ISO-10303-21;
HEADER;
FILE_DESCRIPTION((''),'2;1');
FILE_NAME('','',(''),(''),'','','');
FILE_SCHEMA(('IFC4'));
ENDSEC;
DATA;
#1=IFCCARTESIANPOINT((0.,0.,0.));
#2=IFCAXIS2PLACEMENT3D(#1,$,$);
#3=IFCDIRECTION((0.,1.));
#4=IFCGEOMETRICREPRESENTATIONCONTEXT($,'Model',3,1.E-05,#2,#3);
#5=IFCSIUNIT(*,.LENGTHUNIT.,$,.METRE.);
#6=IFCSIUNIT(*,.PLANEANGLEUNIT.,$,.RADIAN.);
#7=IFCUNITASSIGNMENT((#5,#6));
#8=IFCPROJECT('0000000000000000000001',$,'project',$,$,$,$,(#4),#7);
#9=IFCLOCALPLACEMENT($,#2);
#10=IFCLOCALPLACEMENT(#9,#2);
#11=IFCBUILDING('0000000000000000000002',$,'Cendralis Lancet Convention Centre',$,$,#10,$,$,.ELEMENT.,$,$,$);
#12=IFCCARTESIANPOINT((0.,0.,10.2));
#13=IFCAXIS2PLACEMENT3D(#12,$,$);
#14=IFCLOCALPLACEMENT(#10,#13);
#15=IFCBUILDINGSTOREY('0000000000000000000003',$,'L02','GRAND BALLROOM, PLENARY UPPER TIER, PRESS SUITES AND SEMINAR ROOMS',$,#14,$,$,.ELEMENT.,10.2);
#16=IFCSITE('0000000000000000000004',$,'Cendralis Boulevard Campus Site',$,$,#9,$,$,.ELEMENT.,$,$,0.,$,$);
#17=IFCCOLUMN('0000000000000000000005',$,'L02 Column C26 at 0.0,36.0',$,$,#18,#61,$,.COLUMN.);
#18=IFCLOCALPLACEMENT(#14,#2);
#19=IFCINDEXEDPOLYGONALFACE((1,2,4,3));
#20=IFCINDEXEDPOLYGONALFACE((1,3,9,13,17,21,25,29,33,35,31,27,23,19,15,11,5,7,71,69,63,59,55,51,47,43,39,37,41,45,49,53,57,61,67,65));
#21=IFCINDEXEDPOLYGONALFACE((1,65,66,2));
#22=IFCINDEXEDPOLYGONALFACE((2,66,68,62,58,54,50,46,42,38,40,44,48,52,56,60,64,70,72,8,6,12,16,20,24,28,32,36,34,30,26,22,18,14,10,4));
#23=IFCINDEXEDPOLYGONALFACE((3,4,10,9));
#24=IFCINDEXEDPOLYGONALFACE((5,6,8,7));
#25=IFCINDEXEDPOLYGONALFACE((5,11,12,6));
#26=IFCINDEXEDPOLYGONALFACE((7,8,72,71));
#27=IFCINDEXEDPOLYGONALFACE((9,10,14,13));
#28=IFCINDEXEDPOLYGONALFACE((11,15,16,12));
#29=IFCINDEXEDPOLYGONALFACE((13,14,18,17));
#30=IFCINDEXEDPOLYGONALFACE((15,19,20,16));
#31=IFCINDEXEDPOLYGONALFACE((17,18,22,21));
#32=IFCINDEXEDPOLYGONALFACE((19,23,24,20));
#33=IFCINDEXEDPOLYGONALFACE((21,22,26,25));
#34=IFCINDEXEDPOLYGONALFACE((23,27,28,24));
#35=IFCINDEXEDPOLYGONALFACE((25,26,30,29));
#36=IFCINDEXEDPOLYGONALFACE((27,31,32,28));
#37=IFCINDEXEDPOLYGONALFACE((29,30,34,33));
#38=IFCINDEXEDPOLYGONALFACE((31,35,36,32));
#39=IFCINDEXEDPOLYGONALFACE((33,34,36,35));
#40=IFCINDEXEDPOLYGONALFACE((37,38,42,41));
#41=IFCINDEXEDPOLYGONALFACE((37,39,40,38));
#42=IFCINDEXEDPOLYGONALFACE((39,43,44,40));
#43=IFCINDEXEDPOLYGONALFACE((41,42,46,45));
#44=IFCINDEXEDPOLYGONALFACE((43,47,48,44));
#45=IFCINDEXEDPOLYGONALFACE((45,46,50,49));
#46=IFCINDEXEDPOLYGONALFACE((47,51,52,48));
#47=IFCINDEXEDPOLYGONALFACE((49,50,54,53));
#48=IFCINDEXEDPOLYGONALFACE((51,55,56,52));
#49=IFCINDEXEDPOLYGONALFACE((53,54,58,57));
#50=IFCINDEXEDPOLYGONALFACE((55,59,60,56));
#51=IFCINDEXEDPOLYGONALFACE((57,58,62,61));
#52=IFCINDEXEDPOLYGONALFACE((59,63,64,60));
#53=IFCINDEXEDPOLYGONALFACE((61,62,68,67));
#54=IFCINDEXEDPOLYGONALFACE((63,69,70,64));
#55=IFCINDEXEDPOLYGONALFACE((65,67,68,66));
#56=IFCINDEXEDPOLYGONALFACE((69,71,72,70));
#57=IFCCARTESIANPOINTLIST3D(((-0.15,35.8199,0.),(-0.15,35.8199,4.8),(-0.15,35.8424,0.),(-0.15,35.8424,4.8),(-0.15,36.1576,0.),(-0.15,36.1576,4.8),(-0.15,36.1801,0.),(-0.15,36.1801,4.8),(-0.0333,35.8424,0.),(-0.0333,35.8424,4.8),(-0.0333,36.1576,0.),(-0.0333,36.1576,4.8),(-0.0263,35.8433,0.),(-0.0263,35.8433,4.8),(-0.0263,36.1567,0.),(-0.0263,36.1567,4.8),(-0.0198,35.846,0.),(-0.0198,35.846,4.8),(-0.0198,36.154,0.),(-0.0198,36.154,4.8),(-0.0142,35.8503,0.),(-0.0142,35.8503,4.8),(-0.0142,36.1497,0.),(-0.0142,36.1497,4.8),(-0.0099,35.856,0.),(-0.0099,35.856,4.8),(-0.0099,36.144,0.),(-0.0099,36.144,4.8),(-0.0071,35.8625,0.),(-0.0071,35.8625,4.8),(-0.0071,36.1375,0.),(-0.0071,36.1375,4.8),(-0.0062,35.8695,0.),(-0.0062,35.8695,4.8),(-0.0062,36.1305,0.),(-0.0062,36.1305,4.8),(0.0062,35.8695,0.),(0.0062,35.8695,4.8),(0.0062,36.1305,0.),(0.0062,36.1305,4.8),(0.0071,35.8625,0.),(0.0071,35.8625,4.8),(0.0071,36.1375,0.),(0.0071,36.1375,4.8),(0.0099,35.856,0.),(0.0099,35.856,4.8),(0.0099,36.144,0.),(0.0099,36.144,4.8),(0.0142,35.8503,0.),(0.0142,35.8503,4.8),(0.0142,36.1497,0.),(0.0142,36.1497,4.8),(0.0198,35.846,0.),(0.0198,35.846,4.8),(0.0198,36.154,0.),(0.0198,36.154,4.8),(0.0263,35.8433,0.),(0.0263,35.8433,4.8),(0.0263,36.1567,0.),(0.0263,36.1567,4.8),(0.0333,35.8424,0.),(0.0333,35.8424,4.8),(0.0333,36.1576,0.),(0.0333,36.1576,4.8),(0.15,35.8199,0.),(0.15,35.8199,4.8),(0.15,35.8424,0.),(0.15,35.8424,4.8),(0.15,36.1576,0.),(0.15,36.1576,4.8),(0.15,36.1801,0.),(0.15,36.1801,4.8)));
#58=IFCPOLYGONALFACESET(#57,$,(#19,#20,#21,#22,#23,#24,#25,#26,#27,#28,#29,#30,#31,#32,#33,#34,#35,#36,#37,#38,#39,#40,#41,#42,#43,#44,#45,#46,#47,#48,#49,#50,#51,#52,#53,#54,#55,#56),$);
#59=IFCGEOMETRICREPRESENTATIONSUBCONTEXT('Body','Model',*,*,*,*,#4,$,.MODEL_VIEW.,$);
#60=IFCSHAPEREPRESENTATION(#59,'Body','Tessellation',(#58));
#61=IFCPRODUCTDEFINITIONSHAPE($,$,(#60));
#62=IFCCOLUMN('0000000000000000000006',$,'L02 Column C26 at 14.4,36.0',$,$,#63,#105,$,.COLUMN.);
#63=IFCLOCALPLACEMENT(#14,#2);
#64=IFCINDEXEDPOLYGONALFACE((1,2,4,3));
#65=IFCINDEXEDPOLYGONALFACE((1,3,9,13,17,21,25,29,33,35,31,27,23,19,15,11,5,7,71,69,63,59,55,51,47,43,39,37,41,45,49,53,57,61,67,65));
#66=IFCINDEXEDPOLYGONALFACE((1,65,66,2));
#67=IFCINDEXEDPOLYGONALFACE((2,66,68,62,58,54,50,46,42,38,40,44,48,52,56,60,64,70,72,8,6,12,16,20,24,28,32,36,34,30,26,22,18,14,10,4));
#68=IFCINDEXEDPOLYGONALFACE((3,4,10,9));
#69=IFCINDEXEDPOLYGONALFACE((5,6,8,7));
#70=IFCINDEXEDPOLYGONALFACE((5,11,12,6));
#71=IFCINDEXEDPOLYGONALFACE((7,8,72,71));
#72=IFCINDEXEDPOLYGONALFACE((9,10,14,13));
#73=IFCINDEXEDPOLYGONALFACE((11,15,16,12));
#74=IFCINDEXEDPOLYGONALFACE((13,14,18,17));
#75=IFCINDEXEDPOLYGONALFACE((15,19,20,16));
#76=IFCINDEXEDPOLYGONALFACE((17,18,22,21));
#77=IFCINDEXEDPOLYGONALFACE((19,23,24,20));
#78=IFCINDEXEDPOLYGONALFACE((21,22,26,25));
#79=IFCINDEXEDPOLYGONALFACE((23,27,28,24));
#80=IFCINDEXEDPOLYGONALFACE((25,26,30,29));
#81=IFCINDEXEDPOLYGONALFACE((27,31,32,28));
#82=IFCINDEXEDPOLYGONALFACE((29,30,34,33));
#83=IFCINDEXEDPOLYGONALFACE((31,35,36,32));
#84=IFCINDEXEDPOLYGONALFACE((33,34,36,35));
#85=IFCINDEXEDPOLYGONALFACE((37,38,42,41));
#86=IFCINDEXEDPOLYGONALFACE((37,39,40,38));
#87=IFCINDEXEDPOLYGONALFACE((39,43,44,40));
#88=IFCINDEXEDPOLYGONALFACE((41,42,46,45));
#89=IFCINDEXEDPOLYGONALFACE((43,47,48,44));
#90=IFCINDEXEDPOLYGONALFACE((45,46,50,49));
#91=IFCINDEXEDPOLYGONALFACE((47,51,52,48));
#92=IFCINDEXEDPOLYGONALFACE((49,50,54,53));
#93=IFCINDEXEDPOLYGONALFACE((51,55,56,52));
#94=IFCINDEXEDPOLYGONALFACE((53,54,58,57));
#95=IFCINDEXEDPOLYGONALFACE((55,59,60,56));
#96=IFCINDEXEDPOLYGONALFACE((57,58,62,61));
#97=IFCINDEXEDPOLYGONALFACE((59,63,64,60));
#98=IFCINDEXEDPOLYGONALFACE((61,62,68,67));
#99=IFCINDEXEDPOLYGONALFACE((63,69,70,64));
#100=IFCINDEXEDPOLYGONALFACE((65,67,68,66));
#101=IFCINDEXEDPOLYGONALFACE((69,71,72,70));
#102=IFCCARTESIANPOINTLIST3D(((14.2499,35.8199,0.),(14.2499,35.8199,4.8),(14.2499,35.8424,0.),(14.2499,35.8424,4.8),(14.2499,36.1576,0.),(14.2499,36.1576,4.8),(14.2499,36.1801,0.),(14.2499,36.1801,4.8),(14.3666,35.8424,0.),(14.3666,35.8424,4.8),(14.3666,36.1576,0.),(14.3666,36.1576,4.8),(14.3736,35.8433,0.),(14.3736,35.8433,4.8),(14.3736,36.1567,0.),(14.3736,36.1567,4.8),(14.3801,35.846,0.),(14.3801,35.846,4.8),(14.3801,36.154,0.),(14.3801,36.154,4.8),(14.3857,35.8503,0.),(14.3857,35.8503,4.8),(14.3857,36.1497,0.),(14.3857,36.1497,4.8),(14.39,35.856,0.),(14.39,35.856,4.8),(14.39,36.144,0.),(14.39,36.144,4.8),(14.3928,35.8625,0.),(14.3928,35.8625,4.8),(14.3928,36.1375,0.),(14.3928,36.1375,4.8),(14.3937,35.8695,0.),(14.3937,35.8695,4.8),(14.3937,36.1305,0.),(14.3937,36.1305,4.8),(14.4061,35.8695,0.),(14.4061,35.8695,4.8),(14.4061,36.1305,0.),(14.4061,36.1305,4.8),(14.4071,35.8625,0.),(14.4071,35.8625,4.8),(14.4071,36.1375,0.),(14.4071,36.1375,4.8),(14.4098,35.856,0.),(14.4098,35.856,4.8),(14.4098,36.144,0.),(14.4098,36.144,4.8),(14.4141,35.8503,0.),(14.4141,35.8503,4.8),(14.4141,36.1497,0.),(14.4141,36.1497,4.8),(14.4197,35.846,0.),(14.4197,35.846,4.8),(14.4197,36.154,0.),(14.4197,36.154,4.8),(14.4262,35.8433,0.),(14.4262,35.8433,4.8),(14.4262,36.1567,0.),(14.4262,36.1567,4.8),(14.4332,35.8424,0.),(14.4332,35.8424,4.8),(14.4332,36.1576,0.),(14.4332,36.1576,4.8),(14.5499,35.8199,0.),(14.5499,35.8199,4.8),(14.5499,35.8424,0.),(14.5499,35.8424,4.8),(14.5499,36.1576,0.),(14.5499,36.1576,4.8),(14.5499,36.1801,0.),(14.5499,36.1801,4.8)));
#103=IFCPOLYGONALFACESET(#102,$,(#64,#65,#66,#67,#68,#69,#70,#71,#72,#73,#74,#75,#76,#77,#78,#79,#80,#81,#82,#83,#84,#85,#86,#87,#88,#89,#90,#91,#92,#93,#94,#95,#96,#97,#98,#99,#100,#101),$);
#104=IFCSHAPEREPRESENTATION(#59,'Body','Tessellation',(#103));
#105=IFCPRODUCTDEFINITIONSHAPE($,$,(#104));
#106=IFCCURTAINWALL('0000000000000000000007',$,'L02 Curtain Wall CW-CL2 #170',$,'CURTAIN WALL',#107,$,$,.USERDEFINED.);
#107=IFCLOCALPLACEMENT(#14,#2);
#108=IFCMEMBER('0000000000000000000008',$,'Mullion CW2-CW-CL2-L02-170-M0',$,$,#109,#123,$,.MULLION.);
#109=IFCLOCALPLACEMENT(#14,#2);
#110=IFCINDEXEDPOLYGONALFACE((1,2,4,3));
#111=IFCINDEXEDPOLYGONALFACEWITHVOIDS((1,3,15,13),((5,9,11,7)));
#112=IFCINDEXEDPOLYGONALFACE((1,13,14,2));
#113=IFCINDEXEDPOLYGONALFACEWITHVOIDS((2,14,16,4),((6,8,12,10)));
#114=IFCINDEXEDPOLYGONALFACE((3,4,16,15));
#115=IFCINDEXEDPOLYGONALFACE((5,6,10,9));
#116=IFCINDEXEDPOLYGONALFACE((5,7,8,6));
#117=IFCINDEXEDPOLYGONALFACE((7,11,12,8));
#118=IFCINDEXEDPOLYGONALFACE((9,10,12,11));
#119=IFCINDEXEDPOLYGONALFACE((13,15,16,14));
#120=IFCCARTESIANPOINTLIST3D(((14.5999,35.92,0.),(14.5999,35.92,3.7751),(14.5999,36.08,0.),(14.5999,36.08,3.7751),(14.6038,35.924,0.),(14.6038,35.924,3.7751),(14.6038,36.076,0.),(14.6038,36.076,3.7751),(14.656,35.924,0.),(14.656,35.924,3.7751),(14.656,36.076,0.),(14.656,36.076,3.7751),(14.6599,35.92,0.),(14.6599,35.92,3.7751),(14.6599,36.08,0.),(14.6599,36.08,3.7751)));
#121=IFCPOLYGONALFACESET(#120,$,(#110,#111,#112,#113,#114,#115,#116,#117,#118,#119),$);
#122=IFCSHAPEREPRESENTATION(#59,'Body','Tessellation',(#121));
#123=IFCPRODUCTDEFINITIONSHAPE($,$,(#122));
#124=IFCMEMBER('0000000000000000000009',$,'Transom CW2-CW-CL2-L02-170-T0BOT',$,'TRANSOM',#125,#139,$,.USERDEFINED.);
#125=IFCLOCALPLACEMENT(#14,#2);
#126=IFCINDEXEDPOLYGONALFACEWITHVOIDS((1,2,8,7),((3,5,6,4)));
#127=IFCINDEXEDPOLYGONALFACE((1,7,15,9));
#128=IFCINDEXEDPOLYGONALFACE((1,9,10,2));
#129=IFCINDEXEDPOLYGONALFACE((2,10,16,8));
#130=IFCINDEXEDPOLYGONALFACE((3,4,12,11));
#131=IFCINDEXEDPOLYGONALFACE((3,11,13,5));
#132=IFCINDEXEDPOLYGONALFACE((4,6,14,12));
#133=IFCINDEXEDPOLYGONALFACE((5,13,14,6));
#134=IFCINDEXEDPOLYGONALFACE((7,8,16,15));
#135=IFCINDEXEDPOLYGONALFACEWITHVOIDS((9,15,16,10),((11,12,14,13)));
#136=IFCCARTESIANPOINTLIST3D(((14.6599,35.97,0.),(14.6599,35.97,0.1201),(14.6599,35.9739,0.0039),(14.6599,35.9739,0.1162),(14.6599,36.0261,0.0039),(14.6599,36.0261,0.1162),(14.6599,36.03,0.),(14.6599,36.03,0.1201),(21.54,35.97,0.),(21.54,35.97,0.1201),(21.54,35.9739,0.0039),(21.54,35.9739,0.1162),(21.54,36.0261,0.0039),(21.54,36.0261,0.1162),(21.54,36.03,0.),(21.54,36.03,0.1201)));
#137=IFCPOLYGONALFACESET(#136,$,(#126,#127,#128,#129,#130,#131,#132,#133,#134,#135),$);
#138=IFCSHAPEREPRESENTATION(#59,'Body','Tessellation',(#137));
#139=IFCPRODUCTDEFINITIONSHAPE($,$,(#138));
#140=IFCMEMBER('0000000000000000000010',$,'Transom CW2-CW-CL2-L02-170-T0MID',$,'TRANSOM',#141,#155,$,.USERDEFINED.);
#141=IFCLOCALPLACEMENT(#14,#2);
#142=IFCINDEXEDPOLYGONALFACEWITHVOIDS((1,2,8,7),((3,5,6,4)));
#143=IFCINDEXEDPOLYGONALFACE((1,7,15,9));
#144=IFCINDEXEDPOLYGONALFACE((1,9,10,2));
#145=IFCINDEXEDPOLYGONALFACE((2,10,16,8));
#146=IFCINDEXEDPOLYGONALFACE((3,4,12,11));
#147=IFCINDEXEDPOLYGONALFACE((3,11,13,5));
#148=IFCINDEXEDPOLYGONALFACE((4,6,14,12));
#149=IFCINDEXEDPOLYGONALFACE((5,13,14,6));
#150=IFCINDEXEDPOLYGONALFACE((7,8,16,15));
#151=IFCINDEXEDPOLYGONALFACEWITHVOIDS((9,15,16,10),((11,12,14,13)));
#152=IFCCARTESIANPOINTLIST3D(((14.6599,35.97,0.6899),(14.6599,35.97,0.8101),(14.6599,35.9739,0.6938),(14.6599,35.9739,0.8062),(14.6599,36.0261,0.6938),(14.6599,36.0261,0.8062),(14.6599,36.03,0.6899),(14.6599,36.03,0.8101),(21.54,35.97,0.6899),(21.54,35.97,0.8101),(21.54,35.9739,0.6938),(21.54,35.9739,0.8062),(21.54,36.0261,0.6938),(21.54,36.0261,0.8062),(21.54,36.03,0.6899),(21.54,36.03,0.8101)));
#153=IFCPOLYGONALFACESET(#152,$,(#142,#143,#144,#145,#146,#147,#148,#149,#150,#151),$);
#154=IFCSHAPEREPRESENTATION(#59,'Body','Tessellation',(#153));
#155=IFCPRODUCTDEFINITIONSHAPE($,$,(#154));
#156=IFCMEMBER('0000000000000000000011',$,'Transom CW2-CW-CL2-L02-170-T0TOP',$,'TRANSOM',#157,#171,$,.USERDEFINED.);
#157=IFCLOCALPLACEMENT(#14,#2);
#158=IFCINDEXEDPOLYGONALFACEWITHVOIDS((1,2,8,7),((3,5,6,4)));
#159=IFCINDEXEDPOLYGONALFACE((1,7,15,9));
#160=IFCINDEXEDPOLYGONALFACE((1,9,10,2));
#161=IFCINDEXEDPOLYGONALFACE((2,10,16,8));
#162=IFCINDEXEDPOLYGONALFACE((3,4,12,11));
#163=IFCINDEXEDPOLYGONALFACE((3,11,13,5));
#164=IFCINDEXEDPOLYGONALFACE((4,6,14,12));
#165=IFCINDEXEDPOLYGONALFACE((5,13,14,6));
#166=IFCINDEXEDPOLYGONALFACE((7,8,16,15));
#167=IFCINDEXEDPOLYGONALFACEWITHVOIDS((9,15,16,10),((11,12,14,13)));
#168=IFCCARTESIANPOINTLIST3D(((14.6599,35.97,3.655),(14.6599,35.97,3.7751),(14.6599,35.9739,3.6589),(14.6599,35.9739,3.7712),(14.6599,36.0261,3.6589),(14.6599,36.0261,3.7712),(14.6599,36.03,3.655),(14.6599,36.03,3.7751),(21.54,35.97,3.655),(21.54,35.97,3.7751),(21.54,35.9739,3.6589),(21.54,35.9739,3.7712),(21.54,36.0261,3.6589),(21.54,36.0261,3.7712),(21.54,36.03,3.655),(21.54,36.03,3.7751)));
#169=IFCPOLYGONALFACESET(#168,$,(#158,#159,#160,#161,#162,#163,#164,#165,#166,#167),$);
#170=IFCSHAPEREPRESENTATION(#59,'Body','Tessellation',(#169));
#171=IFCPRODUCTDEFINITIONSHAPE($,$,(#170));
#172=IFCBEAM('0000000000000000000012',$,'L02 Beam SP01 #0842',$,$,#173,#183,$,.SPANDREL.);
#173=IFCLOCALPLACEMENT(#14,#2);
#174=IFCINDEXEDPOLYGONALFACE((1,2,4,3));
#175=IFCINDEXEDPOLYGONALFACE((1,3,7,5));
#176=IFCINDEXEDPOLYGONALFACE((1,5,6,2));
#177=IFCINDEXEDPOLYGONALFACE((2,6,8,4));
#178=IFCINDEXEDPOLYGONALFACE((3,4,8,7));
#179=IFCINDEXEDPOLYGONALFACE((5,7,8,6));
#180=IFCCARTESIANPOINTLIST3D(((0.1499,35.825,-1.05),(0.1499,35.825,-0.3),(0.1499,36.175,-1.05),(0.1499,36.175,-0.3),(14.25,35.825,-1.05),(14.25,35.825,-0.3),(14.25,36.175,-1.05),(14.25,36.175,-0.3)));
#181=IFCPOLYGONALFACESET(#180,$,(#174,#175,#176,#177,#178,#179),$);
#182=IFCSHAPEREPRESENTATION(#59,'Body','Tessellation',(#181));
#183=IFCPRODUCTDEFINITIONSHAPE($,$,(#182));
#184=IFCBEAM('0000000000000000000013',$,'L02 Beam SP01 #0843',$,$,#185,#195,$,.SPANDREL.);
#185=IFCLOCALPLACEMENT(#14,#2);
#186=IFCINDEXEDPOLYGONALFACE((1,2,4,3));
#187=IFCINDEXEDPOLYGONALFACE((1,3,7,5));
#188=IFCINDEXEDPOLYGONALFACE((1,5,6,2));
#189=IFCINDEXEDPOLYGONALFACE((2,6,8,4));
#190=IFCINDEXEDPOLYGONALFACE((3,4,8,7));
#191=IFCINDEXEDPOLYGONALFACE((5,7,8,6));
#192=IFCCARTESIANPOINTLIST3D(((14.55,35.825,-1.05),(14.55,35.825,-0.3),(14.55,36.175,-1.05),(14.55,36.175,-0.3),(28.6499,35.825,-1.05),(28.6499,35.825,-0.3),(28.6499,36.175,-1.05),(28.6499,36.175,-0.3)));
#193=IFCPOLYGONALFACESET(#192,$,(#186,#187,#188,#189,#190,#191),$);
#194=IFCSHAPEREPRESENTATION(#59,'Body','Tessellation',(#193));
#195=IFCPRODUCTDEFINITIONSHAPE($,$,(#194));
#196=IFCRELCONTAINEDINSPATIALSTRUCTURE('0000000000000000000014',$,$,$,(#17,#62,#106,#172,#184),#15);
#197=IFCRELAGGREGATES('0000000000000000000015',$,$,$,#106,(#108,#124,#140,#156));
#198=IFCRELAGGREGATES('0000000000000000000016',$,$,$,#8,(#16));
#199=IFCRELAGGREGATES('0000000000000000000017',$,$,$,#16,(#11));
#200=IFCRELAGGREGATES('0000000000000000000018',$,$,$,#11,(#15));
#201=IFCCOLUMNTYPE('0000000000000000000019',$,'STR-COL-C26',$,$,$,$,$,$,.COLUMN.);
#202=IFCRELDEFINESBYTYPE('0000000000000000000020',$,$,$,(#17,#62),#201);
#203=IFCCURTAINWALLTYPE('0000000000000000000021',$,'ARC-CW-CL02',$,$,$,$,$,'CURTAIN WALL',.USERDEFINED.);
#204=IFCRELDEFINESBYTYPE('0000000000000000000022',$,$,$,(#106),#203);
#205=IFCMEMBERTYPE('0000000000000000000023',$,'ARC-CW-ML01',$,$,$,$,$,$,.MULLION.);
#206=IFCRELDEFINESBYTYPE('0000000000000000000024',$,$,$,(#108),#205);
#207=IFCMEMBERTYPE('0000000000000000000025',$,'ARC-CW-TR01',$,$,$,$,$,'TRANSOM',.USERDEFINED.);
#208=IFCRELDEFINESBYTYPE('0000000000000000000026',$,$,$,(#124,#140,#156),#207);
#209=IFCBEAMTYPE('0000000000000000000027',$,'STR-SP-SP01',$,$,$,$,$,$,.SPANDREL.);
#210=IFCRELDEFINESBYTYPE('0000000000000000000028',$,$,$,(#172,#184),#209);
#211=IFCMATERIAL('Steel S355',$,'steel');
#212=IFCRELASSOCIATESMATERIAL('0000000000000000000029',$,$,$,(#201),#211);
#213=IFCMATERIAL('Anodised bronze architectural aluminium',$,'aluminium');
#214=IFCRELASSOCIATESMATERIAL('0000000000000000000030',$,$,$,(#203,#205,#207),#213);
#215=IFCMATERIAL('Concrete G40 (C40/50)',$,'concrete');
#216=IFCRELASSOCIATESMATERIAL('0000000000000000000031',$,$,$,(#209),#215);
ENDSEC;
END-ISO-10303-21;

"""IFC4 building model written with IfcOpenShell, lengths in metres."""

from ifc_helpers import new_model, si_unit, direction, frame, origin, origin_2d, place, context, subcontext, project, spatial, rectangle, hollow_rectangle, i_section, extrude, material, material_profile, profile_set, type_object, element, aggregate, save


model = new_model("IFC4")

# Units and contexts
model_context = context("Model", 3, precision=1e-05, world=origin(), true_north=direction((0.0, 1.0)))
body_context = subcontext(model_context, "Body", "Model", "MODEL_VIEW")
ifc_project = project(units=[si_unit("LENGTHUNIT", "METRE"), si_unit("PLANEANGLEUNIT", "RADIAN")], contexts=[model_context])

# Site, building, storey
site_placement = place(None, origin())
site = spatial("IfcSite", under=ifc_project, at=site_placement, Name="Cendralis Boulevard Campus Site", CompositionType="ELEMENT", RefElevation=0.0)
building_placement = place(site_placement, origin())
building = spatial("IfcBuilding", under=site, at=building_placement, Name="Cendralis Lancet Convention Centre", CompositionType="ELEMENT")
storey_placement = place(building_placement, frame((0.0, 0.0, 10.2)))
storey = spatial("IfcBuildingStorey", under=building, at=storey_placement, Name="L02", Description="GRAND BALLROOM, PLENARY UPPER TIER, PRESS SUITES AND SEMINAR ROOMS", CompositionType="ELEMENT", Elevation=10.2)

# Columns
ifc_material_1 = material(Name="Steel S355", Category="steel")
ifc_material_profile_1 = material_profile(ifc_material_1, i_section(OverallWidth=0.3, OverallDepth=0.3601, WebThickness=0.0125, FlangeThickness=0.0225, FilletRadius=0.0271, at=origin_2d()), Name="HEB 360")
ifc_profile_set_1 = profile_set([ifc_material_profile_1], Name="Steel S355")
column_type = type_object("IfcColumnType", Name="STR-COL-C26", PredefinedType="COLUMN", material=ifc_profile_set_1)
for number, where, z_axis, x_axis, name in (
    (1, (0.0, 36.0, 0.0), (0.0, 0.0, 1.0), (1.0, 0.0, 0.0), "L02 Column C26 at 0.0,36.0"),
    (2, (14.3999, 36.0, 0.0), (0.0, 0.0, 1.0), (1.0, 0.0, 0.0), "L02 Column C26 at 14.4,36.0"),
):
    element("IfcColumn", number, at=place(storey_placement, frame(where, z_axis=z_axis, x_axis=x_axis)), inside=storey, type_object=column_type, Name=name, PredefinedType="COLUMN", context=body_context, shape_type="SweptSolid", body=[
        extrude(i_section(OverallWidth=0.3, OverallDepth=0.3601, WebThickness=0.0125, FlangeThickness=0.0225, FilletRadius=0.0271, at=origin_2d()), origin(), (0.0, 0.0, 1.0), 4.8),
    ])

# Curtain wall, members
ifc_material_2 = material(Name="Anodised bronze architectural aluminium", Category="aluminium")
curtain_wall_type = type_object("IfcCurtainWallType", Name="ARC-CW-CL02", ElementType="CURTAIN WALL", PredefinedType="USERDEFINED", material=ifc_material_2)
curtain_wall_placement = place(storey_placement, origin())
curtain_wall = element("IfcCurtainWall", 3, at=curtain_wall_placement, inside=storey, type_object=curtain_wall_type, Name="L02 Curtain Wall CW-CL2 #170", ObjectType="CURTAIN WALL", PredefinedType="USERDEFINED")
ifc_material_profile_2 = material_profile(ifc_material_2, hollow_rectangle(XDim=0.0601, YDim=0.1599, WallThickness=0.0039, at=origin_2d()), Name="AL-MULL 60x160x4.0")
ifc_profile_set_2 = profile_set([ifc_material_profile_2], Name="Anodised bronze architectural aluminium")
member_type_1 = type_object("IfcMemberType", Name="ARC-CW-ML01", PredefinedType="MULLION", material=ifc_profile_set_2)
member_1_placement = place(storey_placement, frame((14.6299, 36.0, 0.0), z_axis=(0.0, 0.0, 1.0), x_axis=(1.0, 0.0, 0.0)))
member_1 = element("IfcMember", 4, at=member_1_placement, type_object=member_type_1, Name="Mullion CW2-CW-CL2-L02-170-M0", PredefinedType="MULLION", context=body_context, shape_type="SweptSolid", body=[
    extrude(hollow_rectangle(XDim=0.0601, YDim=0.1599, WallThickness=0.0039, at=origin_2d()), origin(), (0.0, 0.0, 1.0), 3.7751),
])
ifc_material_profile_3 = material_profile(ifc_material_2, hollow_rectangle(XDim=0.0601, YDim=0.1201, WallThickness=0.0039, at=origin_2d()), Name="AL-TRAN 60x120x4.0")
ifc_profile_set_3 = profile_set([ifc_material_profile_3], Name="Anodised bronze architectural aluminium")
member_type_2 = type_object("IfcMemberType", Name="ARC-CW-TR01", ElementType="TRANSOM", PredefinedType="USERDEFINED", material=ifc_profile_set_3)
member_2_placement = place(storey_placement, frame((14.6599, 36.0, 0.0601), z_axis=(1.0, 0.0, 0.0), x_axis=(0.0, 1.0, 0.0)))
member_2 = element("IfcMember", 5, at=member_2_placement, type_object=member_type_2, Name="Transom CW2-CW-CL2-L02-170-T0BOT", ObjectType="TRANSOM", PredefinedType="USERDEFINED", context=body_context, shape_type="SweptSolid", body=[
    extrude(hollow_rectangle(XDim=0.0601, YDim=0.1201, WallThickness=0.0039, at=origin_2d()), origin(), (0.0, 0.0, 1.0), 6.8801),
])
member_3_placement = place(storey_placement, frame((14.6599, 36.0, 0.75), z_axis=(1.0, 0.0, 0.0), x_axis=(0.0, 1.0, 0.0)))
member_3 = element("IfcMember", 6, at=member_3_placement, type_object=member_type_2, Name="Transom CW2-CW-CL2-L02-170-T0MID", ObjectType="TRANSOM", PredefinedType="USERDEFINED", context=body_context, shape_type="SweptSolid", body=[
    extrude(hollow_rectangle(XDim=0.0601, YDim=0.1201, WallThickness=0.0039, at=origin_2d()), origin(), (0.0, 0.0, 1.0), 6.8801),
])
member_4_placement = place(storey_placement, frame((14.6599, 36.0, 3.7151), z_axis=(1.0, 0.0, 0.0), x_axis=(0.0, 1.0, 0.0)))
member_4 = element("IfcMember", 7, at=member_4_placement, type_object=member_type_2, Name="Transom CW2-CW-CL2-L02-170-T0TOP", ObjectType="TRANSOM", PredefinedType="USERDEFINED", context=body_context, shape_type="SweptSolid", body=[
    extrude(hollow_rectangle(XDim=0.0601, YDim=0.1201, WallThickness=0.0039, at=origin_2d()), origin(), (0.0, 0.0, 1.0), 6.8801),
])
aggregate(curtain_wall, [member_1, member_2, member_3, member_4])

# Beams
ifc_material_3 = material(Name="Concrete G40 (C40/50)", Category="concrete")
ifc_material_profile_4 = material_profile(ifc_material_3, rectangle(XDim=0.3501, YDim=0.75, at=origin_2d()), Name="RCB 350x750")
ifc_profile_set_4 = profile_set([ifc_material_profile_4], Name="Concrete G40 (C40/50)")
beam_type = type_object("IfcBeamType", Name="STR-SP-SP01", PredefinedType="SPANDREL", material=ifc_profile_set_4)
beam_1_placement = place(storey_placement, frame((0.1499, 36.0, -0.675), z_axis=(1.0, 0.0, 0.0), x_axis=(0.0, 1.0, 0.0)))
element("IfcBeam", 8, at=beam_1_placement, inside=storey, type_object=beam_type, Name="L02 Beam SP01 #0842", PredefinedType="SPANDREL", context=body_context, shape_type="SweptSolid", body=[
    extrude(rectangle(XDim=0.3501, YDim=0.75, at=origin_2d()), origin(), (0.0, 0.0, 1.0), 14.1001),
])
beam_2_placement = place(storey_placement, frame((14.55, 36.0, -0.675), z_axis=(1.0, 0.0, 0.0), x_axis=(0.0, 1.0, 0.0)))
element("IfcBeam", 9, at=beam_2_placement, inside=storey, type_object=beam_type, Name="L02 Beam SP01 #0843", PredefinedType="SPANDREL", context=body_context, shape_type="SweptSolid", body=[
    extrude(rectangle(XDim=0.3501, YDim=0.75, at=origin_2d()), origin(), (0.0, 0.0, 1.0), 14.0999),
])

save(model, "model.ifc")
